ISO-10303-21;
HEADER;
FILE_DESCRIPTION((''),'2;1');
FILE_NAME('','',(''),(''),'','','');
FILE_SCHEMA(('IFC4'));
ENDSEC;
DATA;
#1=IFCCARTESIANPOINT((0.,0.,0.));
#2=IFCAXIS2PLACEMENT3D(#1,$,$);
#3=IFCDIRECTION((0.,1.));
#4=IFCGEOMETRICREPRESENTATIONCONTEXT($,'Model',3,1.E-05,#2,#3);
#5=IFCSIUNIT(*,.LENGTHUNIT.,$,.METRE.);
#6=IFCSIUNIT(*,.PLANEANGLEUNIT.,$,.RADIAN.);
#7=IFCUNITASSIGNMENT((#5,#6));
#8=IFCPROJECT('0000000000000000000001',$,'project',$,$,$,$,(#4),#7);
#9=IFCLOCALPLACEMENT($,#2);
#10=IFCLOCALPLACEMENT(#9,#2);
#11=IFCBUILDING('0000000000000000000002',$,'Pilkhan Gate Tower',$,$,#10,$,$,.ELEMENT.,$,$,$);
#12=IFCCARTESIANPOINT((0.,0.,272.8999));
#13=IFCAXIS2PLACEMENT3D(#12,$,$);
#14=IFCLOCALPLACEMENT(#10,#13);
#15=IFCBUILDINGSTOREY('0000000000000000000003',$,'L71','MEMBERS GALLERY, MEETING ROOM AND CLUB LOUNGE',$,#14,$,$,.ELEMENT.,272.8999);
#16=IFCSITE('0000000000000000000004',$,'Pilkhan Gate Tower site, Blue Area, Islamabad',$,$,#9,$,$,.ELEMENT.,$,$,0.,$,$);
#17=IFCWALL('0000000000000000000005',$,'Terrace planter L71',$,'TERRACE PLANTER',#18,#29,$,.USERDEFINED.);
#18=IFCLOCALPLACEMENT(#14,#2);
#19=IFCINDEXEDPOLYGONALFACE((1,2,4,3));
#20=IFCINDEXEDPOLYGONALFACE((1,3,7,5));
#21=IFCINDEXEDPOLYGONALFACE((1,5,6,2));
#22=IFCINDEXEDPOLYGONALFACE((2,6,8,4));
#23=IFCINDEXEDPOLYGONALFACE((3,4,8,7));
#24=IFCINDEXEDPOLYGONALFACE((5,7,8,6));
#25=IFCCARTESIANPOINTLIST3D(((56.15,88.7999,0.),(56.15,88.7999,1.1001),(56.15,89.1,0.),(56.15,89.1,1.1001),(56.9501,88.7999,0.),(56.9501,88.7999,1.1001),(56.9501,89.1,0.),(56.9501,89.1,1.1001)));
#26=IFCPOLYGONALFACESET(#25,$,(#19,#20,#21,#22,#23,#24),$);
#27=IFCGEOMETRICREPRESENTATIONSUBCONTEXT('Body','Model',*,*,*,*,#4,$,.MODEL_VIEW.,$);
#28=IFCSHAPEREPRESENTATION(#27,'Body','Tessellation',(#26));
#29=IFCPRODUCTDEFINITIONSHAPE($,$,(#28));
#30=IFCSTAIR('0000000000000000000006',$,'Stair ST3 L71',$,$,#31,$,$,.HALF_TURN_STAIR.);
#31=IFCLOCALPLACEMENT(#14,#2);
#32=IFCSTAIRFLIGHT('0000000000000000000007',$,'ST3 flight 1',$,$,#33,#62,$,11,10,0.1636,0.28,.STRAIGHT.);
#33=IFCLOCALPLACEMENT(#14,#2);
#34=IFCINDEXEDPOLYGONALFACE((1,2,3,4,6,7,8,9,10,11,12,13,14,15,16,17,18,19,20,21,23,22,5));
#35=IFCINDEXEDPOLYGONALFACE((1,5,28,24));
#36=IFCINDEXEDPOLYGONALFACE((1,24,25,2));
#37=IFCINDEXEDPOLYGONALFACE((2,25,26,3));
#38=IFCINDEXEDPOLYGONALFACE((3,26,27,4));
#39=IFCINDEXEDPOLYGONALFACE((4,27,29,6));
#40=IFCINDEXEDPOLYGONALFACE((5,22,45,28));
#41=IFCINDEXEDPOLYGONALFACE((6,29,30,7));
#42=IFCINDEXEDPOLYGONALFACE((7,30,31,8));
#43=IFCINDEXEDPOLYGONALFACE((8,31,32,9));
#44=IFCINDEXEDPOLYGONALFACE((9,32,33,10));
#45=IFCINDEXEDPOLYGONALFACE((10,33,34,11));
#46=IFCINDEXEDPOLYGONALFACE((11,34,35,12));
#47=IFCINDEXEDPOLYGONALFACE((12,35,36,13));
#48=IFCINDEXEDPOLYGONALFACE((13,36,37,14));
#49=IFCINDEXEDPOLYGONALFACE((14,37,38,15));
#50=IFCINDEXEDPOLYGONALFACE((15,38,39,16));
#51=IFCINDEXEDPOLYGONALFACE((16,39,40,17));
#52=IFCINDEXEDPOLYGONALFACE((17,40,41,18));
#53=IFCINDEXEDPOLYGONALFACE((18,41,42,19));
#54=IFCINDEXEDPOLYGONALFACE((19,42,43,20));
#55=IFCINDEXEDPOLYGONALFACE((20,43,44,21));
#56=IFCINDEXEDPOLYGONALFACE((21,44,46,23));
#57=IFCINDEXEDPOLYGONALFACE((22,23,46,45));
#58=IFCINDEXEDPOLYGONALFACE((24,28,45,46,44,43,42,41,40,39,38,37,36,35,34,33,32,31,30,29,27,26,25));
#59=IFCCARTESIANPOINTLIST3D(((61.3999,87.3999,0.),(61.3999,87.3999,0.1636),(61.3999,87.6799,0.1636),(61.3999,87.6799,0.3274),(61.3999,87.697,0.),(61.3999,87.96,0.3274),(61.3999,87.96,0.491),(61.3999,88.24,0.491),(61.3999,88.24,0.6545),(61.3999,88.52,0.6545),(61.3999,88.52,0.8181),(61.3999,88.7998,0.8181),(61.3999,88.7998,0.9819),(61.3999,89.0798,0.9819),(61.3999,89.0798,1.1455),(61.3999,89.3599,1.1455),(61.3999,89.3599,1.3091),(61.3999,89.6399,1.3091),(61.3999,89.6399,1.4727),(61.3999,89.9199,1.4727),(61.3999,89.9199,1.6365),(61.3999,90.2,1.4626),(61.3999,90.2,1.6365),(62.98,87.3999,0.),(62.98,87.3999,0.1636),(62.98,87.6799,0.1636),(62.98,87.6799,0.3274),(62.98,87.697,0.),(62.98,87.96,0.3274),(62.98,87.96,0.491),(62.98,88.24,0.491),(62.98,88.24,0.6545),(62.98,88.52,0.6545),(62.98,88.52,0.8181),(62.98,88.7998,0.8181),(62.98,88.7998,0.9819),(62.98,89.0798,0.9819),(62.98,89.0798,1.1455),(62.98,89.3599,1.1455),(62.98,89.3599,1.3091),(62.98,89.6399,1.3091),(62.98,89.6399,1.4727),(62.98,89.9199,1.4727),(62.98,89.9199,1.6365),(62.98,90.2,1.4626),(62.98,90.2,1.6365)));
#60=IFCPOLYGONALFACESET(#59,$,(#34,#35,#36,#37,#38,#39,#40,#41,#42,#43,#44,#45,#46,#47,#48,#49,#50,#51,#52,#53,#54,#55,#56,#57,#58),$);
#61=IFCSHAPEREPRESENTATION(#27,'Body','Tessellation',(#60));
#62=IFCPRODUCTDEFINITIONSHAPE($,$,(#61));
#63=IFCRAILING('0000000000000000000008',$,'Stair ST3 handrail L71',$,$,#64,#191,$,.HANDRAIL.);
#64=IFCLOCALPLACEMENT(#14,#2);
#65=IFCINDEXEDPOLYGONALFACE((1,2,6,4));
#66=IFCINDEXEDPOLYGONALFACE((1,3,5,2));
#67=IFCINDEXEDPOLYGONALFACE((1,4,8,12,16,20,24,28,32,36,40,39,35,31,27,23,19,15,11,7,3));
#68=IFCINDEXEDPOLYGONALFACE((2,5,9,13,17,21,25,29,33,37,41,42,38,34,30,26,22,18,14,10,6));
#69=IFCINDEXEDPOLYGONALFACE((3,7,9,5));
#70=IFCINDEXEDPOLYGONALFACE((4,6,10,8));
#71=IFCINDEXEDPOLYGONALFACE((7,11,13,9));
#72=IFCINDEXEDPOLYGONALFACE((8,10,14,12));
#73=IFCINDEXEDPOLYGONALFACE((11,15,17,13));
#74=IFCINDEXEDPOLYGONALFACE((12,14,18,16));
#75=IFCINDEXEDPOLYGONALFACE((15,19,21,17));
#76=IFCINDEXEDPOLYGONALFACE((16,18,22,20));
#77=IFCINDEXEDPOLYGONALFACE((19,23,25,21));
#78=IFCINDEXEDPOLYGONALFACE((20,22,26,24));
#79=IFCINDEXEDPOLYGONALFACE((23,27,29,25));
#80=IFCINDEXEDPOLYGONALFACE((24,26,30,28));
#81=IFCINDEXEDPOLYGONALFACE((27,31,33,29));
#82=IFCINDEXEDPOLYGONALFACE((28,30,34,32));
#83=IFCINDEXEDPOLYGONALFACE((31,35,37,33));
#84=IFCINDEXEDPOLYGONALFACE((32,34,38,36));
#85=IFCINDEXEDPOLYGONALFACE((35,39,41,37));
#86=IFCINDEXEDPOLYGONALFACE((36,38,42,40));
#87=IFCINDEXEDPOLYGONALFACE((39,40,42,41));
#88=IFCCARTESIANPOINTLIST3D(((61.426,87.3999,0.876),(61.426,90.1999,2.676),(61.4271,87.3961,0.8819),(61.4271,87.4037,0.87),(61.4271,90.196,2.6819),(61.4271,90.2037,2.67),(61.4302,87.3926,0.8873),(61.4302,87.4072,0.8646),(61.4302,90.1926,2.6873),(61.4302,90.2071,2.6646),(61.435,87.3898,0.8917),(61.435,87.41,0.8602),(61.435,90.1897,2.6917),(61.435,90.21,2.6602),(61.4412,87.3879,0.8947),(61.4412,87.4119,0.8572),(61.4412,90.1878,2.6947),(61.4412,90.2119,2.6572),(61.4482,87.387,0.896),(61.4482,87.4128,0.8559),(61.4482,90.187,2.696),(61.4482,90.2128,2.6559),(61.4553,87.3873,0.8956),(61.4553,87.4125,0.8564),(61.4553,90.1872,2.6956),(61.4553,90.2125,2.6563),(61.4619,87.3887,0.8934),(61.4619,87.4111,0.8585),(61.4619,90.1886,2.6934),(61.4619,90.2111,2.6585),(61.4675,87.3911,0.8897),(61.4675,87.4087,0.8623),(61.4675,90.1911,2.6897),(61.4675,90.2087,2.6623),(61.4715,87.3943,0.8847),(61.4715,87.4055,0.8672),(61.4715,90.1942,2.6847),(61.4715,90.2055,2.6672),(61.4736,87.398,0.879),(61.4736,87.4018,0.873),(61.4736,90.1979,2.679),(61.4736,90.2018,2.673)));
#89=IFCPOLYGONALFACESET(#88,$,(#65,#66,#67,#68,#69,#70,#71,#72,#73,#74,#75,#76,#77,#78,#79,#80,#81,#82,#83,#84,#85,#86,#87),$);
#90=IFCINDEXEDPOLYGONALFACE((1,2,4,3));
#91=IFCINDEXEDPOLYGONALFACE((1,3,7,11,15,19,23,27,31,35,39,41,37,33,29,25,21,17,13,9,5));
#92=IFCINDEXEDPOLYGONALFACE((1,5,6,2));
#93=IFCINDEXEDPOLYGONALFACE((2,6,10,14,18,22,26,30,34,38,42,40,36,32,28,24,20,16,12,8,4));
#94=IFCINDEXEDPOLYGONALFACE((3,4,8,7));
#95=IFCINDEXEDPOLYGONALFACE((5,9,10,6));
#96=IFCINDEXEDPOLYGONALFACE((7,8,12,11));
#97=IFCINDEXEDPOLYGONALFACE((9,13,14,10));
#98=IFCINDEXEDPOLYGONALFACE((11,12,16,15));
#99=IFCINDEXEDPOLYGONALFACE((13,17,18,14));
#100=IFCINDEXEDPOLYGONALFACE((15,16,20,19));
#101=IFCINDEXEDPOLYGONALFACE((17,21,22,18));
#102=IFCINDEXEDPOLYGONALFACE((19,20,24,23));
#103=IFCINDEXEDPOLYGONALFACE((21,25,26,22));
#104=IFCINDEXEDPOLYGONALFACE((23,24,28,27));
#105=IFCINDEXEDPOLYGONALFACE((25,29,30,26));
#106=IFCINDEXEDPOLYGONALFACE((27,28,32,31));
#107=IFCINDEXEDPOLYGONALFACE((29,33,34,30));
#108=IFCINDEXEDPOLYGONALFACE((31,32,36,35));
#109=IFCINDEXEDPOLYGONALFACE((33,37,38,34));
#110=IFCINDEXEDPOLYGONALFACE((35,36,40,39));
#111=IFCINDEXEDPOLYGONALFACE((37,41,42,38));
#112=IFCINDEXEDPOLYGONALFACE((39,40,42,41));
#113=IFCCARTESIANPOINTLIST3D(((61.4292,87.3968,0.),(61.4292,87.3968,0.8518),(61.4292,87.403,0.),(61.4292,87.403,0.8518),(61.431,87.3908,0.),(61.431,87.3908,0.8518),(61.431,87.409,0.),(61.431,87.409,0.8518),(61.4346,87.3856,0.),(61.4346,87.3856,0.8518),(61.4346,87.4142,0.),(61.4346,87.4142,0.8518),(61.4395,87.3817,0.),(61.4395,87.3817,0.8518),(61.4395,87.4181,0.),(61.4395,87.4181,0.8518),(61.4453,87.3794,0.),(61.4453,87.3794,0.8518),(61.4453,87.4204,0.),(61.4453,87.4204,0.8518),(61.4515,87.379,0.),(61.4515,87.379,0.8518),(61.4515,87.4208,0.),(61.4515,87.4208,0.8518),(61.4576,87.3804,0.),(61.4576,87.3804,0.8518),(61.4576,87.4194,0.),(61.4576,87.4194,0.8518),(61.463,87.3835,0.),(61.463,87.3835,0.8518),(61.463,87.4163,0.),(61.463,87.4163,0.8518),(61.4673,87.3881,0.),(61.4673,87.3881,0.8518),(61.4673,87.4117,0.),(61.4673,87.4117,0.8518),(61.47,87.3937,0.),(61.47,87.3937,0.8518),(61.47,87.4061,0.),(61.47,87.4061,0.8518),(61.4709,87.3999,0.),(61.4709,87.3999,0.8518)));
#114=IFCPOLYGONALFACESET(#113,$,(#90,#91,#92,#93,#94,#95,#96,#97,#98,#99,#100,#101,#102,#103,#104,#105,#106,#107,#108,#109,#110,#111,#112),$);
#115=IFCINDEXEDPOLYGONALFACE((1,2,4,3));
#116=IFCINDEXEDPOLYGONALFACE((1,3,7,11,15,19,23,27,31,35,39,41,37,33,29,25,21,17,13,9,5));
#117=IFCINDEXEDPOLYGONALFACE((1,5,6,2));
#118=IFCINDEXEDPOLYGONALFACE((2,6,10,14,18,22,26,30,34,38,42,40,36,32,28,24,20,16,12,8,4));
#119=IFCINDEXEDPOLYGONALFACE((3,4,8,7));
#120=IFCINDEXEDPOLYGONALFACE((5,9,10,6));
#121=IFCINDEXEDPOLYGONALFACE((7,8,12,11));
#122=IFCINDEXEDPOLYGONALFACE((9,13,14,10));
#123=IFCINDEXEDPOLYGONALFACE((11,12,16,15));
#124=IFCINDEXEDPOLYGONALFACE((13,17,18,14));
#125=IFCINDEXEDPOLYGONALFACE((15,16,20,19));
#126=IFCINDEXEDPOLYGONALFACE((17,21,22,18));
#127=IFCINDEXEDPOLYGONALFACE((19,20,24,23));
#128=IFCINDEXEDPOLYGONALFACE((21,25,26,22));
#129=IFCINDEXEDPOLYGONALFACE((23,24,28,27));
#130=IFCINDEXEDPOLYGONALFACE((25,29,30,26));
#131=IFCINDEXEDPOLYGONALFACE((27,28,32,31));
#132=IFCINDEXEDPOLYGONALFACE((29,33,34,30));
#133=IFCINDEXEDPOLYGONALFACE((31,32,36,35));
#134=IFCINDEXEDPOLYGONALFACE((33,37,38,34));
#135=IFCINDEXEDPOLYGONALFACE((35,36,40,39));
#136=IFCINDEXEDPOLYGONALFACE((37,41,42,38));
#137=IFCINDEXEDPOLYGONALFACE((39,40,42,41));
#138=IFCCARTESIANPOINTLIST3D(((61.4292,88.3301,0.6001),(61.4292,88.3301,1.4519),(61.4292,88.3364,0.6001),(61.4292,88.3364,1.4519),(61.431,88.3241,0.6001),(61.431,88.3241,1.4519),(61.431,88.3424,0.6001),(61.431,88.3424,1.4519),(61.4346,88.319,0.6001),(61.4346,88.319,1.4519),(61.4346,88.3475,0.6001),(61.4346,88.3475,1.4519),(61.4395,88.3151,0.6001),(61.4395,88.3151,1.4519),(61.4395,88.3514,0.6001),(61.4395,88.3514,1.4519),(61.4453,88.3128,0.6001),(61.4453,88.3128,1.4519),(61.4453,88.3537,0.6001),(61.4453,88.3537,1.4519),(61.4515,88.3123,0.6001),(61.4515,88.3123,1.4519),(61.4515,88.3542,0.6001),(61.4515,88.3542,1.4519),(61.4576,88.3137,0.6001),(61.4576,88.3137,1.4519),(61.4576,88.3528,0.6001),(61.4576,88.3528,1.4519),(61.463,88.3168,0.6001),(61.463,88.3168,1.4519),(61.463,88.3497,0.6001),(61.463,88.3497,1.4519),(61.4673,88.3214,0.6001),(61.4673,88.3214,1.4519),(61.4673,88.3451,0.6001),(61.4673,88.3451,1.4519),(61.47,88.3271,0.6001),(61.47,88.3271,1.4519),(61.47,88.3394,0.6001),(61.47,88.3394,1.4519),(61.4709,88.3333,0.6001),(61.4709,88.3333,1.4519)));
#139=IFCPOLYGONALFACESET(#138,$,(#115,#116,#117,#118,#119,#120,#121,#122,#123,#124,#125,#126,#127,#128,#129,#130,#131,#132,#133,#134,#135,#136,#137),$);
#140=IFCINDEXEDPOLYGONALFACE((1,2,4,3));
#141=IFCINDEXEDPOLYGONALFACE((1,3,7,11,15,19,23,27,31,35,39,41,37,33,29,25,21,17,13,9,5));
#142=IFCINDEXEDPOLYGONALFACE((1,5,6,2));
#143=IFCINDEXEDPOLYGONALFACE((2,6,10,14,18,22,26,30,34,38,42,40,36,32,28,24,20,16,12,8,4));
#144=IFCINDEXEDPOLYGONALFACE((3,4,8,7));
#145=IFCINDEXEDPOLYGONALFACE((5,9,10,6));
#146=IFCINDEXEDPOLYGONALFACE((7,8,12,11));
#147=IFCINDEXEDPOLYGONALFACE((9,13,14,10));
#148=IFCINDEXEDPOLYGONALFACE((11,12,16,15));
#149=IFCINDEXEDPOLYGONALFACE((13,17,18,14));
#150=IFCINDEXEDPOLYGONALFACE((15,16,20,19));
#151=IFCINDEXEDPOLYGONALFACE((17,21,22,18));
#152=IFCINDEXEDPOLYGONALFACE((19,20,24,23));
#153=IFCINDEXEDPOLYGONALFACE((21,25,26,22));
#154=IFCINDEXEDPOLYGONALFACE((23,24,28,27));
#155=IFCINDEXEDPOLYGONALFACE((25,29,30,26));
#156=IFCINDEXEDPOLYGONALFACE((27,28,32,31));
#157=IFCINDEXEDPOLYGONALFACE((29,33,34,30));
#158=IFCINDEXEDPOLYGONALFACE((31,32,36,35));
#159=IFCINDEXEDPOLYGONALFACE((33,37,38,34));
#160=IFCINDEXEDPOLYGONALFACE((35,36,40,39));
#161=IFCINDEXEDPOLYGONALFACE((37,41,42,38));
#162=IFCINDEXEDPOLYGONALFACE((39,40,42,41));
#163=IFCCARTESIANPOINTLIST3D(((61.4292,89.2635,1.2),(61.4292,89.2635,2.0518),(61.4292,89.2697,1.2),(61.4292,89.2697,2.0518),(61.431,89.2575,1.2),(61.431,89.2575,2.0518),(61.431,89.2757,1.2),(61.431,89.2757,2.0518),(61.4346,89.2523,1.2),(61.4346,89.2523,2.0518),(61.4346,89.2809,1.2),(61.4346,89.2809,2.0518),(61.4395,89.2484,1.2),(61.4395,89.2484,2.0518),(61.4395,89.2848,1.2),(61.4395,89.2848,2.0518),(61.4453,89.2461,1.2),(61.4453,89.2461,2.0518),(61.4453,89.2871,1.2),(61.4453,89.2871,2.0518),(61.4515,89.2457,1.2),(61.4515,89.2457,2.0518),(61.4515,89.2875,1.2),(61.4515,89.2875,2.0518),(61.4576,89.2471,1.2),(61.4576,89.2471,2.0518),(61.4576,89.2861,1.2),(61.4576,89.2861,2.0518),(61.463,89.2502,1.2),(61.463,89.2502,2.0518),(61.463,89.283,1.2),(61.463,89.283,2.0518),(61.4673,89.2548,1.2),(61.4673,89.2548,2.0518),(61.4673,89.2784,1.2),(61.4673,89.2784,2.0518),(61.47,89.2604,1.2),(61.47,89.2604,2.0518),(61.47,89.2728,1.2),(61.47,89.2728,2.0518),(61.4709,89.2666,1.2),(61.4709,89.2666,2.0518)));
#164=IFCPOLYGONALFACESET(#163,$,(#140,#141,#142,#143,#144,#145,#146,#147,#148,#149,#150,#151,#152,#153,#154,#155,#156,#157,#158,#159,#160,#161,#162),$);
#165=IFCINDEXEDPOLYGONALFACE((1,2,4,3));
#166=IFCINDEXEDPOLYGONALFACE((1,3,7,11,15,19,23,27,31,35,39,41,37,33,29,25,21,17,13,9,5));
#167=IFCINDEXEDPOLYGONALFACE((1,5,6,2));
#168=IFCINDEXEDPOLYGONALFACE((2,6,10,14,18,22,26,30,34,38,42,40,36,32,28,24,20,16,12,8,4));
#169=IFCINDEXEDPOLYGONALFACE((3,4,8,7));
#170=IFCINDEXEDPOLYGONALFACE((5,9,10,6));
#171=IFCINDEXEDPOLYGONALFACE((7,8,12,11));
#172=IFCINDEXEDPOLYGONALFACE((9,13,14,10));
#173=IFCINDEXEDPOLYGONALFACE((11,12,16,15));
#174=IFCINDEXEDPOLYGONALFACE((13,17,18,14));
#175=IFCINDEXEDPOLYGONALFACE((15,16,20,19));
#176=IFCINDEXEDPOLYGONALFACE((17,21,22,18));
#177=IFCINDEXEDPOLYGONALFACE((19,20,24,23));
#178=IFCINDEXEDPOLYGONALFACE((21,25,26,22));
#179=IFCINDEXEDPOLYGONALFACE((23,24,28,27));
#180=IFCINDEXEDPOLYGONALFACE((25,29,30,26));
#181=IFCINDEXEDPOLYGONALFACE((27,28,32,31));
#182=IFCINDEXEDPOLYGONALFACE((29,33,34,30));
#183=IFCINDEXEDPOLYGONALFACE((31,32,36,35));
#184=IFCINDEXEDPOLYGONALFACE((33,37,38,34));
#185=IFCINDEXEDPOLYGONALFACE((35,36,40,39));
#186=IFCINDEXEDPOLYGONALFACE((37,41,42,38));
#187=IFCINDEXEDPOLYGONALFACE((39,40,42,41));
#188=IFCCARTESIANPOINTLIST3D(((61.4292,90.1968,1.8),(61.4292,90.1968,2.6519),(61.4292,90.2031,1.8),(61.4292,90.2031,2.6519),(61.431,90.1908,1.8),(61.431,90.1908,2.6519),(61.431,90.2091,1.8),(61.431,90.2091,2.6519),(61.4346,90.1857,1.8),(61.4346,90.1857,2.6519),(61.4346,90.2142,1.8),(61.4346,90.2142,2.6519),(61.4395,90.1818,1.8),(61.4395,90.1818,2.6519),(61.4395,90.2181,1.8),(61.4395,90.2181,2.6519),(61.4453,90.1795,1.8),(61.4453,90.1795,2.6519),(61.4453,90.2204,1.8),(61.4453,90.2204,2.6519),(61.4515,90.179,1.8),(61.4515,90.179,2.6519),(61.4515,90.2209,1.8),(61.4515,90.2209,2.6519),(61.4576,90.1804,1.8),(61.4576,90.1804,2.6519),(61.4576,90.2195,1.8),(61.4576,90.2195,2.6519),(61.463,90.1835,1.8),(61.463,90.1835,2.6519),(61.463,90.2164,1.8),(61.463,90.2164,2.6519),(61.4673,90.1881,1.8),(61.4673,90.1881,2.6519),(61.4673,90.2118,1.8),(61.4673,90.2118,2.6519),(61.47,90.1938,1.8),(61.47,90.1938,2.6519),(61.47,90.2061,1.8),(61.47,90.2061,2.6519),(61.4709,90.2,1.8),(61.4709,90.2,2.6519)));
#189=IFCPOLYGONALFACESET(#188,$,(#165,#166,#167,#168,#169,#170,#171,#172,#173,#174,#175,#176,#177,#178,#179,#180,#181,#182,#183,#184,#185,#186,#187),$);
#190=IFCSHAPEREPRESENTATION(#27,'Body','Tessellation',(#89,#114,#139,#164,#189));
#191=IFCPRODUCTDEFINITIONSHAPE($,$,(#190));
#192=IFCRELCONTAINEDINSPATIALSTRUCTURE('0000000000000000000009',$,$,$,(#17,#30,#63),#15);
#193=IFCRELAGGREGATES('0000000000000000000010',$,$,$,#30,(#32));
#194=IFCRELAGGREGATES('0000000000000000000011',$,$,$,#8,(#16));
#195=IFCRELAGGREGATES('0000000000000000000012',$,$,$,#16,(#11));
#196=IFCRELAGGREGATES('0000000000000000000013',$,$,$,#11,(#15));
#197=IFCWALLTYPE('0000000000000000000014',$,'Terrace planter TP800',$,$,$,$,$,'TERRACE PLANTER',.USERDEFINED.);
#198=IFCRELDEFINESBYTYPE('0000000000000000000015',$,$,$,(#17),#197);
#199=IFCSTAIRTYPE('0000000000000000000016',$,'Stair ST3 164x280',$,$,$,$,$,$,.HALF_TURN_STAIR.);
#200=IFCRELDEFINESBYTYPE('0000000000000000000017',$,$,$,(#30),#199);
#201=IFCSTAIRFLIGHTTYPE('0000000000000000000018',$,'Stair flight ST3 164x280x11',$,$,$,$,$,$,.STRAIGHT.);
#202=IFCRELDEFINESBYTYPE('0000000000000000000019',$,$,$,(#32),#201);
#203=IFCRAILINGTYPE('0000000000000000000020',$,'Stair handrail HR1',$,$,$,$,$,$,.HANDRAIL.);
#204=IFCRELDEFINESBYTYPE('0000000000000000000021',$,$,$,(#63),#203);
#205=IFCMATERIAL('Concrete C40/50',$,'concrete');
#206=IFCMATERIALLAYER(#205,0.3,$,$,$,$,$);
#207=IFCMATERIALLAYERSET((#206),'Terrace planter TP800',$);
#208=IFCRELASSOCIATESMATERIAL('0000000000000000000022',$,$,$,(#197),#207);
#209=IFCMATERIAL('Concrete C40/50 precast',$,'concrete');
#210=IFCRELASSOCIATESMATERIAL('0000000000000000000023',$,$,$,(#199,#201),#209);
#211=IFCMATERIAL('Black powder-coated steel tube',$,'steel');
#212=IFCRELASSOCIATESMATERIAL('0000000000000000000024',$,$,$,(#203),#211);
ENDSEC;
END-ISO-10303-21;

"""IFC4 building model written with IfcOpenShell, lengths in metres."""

from ifc_helpers import new_model, si_unit, direction, frame, frame_2d, origin, origin_2d, place, context, subcontext, project, spatial, polyline, rectangle, circle, outline, extrude, material, layer, layer_set, type_object, element, aggregate, save


model = new_model("IFC4")

# Units and contexts
model_context = context("Model", 3, precision=1e-05, world=origin(), true_north=direction((0.0, 1.0)))
body_context = subcontext(model_context, "Body", "Model", "MODEL_VIEW")
ifc_project = project(units=[si_unit("LENGTHUNIT", "METRE"), si_unit("PLANEANGLEUNIT", "RADIAN")], contexts=[model_context])

# Site, building, storey
site_placement = place(None, origin())
site = spatial("IfcSite", under=ifc_project, at=site_placement, Name="Pilkhan Gate Tower site, Blue Area, Islamabad", CompositionType="ELEMENT", RefElevation=0.0)
building_placement = place(site_placement, origin())
building = spatial("IfcBuilding", under=site, at=building_placement, Name="Pilkhan Gate Tower", CompositionType="ELEMENT")
storey_placement = place(building_placement, frame((0.0, 0.0, 272.8999)))
storey = spatial("IfcBuildingStorey", under=building, at=storey_placement, Name="L71", Description="MEMBERS GALLERY, MEETING ROOM AND CLUB LOUNGE", CompositionType="ELEMENT", Elevation=272.8999)

# Wall
ifc_material_1 = material(Name="Concrete C40/50", Category="concrete")
ifc_layer_1 = layer(ifc_material_1, 0.3)
ifc_layer_set_1 = layer_set([ifc_layer_1], Name="Terrace planter TP800")
wall_type_1 = type_object("IfcWallType", Name="Terrace planter TP800", ElementType="TERRACE PLANTER", PredefinedType="USERDEFINED", material=ifc_layer_set_1)
wall_1_placement = place(storey_placement, frame((56.95, 88.95, 0.0), z_axis=(0.0, 0.0, 1.0), x_axis=(-1.0, 0.0, 0.0)))
element("IfcWall", 1, at=wall_1_placement, inside=storey, type_object=wall_type_1, Name="Terrace planter L71", ObjectType="TERRACE PLANTER", PredefinedType="USERDEFINED", context=body_context, shape_type="SweptSolid", body=[
    extrude(rectangle(XDim=0.8, YDim=0.3, at=frame_2d((0.3999, 0.0))), origin(), (0.0, 0.0, 1.0), 1.1001),
])

# Stair, stair flight
ifc_material_2 = material(Name="Concrete C40/50 precast", Category="concrete")
stair_type = type_object("IfcStairType", Name="Stair ST3 164x280", PredefinedType="HALF_TURN_STAIR", material=ifc_material_2)
stair_placement = place(storey_placement, origin())
stair = element("IfcStair", 2, at=stair_placement, inside=storey, type_object=stair_type, Name="Stair ST3 L71", PredefinedType="HALF_TURN_STAIR")
stair_flight_type = type_object("IfcStairFlightType", Name="Stair flight ST3 164x280x11", PredefinedType="STRAIGHT", material=ifc_material_2)
stair_flight_placement = place(storey_placement, frame((62.1899, 87.3999, 0.0), z_axis=(0.0, 0.0, 1.0), x_axis=(0.0, 1.0, 0.0)))
stair_flight = element("IfcStairFlight", 3, at=stair_flight_placement, type_object=stair_flight_type, Name="ST3 flight 1", NumberOfRisers=11, NumberOfTreads=10, PredefinedType="STRAIGHT", RiserHeight=0.1636, TreadLength=0.28, context=body_context, shape_type="SweptSolid", body=[
    extrude(outline(polyline([(0.0, 0.0), (0.0, 0.1636), (0.28, 0.1636), (0.28, 0.3274), (0.5601, 0.3274), (0.5601, 0.491), (0.8401, 0.491), (0.8401, 0.6545), (1.1201, 0.6545), (1.1201, 0.8181), (1.3999, 0.8181), (1.3999, 0.9819), (1.6799, 0.9819), (1.6799, 1.1455), (1.96, 1.1455), (1.96, 1.3091), (2.24, 1.3091), (2.24, 1.4727), (2.52, 1.4727), (2.52, 1.6365), (2.8, 1.6365), (2.8, 1.8), (2.8, 1.4626), (0.2971, 0.0), (0.0, 0.0)])), frame((0.0, 0.79, 0.0), z_axis=(0.0, -1.0, 0.0), x_axis=(1.0, 0.0, 0.0)), (0.0, 0.0, 1.0), 1.5801),
])
aggregate(stair, [stair_flight])

# Railing
ifc_material_3 = material(Name="Black powder-coated steel tube", Category="steel")
railing_type_1 = type_object("IfcRailingType", Name="Stair handrail HR1", PredefinedType="HANDRAIL", material=ifc_material_3)
railing_1_placement = place(storey_placement, frame((61.45, 87.3999, 0.0)))
element("IfcRailing", 4, at=railing_1_placement, inside=storey, type_object=railing_type_1, Name="Stair ST3 handrail L71", PredefinedType="HANDRAIL", context=body_context, shape_type="SweptSolid", body=[
    extrude(circle(Radius=0.0239, at=origin_2d()), frame((0.0, 0.0, 0.876), z_axis=(0.0, 0.841176, 0.540761), x_axis=(-1.0, 0.0, 0.0)), (0.0, 0.0, 1.0), 3.3286),
    extrude(circle(Radius=0.021, at=origin_2d()), origin(), (0.0, 0.0, 1.0), 0.8518),
    extrude(circle(Radius=0.021, at=origin_2d()), frame((0.0, 0.9333, 0.6001)), (0.0, 0.0, 1.0), 0.8518),
    extrude(circle(Radius=0.021, at=origin_2d()), frame((0.0, 1.8667, 1.2)), (0.0, 0.0, 1.0), 0.8518),
    extrude(circle(Radius=0.021, at=origin_2d()), frame((0.0, 2.8, 1.8)), (0.0, 0.0, 1.0), 0.8518),
])

save(model, "model.ifc")
